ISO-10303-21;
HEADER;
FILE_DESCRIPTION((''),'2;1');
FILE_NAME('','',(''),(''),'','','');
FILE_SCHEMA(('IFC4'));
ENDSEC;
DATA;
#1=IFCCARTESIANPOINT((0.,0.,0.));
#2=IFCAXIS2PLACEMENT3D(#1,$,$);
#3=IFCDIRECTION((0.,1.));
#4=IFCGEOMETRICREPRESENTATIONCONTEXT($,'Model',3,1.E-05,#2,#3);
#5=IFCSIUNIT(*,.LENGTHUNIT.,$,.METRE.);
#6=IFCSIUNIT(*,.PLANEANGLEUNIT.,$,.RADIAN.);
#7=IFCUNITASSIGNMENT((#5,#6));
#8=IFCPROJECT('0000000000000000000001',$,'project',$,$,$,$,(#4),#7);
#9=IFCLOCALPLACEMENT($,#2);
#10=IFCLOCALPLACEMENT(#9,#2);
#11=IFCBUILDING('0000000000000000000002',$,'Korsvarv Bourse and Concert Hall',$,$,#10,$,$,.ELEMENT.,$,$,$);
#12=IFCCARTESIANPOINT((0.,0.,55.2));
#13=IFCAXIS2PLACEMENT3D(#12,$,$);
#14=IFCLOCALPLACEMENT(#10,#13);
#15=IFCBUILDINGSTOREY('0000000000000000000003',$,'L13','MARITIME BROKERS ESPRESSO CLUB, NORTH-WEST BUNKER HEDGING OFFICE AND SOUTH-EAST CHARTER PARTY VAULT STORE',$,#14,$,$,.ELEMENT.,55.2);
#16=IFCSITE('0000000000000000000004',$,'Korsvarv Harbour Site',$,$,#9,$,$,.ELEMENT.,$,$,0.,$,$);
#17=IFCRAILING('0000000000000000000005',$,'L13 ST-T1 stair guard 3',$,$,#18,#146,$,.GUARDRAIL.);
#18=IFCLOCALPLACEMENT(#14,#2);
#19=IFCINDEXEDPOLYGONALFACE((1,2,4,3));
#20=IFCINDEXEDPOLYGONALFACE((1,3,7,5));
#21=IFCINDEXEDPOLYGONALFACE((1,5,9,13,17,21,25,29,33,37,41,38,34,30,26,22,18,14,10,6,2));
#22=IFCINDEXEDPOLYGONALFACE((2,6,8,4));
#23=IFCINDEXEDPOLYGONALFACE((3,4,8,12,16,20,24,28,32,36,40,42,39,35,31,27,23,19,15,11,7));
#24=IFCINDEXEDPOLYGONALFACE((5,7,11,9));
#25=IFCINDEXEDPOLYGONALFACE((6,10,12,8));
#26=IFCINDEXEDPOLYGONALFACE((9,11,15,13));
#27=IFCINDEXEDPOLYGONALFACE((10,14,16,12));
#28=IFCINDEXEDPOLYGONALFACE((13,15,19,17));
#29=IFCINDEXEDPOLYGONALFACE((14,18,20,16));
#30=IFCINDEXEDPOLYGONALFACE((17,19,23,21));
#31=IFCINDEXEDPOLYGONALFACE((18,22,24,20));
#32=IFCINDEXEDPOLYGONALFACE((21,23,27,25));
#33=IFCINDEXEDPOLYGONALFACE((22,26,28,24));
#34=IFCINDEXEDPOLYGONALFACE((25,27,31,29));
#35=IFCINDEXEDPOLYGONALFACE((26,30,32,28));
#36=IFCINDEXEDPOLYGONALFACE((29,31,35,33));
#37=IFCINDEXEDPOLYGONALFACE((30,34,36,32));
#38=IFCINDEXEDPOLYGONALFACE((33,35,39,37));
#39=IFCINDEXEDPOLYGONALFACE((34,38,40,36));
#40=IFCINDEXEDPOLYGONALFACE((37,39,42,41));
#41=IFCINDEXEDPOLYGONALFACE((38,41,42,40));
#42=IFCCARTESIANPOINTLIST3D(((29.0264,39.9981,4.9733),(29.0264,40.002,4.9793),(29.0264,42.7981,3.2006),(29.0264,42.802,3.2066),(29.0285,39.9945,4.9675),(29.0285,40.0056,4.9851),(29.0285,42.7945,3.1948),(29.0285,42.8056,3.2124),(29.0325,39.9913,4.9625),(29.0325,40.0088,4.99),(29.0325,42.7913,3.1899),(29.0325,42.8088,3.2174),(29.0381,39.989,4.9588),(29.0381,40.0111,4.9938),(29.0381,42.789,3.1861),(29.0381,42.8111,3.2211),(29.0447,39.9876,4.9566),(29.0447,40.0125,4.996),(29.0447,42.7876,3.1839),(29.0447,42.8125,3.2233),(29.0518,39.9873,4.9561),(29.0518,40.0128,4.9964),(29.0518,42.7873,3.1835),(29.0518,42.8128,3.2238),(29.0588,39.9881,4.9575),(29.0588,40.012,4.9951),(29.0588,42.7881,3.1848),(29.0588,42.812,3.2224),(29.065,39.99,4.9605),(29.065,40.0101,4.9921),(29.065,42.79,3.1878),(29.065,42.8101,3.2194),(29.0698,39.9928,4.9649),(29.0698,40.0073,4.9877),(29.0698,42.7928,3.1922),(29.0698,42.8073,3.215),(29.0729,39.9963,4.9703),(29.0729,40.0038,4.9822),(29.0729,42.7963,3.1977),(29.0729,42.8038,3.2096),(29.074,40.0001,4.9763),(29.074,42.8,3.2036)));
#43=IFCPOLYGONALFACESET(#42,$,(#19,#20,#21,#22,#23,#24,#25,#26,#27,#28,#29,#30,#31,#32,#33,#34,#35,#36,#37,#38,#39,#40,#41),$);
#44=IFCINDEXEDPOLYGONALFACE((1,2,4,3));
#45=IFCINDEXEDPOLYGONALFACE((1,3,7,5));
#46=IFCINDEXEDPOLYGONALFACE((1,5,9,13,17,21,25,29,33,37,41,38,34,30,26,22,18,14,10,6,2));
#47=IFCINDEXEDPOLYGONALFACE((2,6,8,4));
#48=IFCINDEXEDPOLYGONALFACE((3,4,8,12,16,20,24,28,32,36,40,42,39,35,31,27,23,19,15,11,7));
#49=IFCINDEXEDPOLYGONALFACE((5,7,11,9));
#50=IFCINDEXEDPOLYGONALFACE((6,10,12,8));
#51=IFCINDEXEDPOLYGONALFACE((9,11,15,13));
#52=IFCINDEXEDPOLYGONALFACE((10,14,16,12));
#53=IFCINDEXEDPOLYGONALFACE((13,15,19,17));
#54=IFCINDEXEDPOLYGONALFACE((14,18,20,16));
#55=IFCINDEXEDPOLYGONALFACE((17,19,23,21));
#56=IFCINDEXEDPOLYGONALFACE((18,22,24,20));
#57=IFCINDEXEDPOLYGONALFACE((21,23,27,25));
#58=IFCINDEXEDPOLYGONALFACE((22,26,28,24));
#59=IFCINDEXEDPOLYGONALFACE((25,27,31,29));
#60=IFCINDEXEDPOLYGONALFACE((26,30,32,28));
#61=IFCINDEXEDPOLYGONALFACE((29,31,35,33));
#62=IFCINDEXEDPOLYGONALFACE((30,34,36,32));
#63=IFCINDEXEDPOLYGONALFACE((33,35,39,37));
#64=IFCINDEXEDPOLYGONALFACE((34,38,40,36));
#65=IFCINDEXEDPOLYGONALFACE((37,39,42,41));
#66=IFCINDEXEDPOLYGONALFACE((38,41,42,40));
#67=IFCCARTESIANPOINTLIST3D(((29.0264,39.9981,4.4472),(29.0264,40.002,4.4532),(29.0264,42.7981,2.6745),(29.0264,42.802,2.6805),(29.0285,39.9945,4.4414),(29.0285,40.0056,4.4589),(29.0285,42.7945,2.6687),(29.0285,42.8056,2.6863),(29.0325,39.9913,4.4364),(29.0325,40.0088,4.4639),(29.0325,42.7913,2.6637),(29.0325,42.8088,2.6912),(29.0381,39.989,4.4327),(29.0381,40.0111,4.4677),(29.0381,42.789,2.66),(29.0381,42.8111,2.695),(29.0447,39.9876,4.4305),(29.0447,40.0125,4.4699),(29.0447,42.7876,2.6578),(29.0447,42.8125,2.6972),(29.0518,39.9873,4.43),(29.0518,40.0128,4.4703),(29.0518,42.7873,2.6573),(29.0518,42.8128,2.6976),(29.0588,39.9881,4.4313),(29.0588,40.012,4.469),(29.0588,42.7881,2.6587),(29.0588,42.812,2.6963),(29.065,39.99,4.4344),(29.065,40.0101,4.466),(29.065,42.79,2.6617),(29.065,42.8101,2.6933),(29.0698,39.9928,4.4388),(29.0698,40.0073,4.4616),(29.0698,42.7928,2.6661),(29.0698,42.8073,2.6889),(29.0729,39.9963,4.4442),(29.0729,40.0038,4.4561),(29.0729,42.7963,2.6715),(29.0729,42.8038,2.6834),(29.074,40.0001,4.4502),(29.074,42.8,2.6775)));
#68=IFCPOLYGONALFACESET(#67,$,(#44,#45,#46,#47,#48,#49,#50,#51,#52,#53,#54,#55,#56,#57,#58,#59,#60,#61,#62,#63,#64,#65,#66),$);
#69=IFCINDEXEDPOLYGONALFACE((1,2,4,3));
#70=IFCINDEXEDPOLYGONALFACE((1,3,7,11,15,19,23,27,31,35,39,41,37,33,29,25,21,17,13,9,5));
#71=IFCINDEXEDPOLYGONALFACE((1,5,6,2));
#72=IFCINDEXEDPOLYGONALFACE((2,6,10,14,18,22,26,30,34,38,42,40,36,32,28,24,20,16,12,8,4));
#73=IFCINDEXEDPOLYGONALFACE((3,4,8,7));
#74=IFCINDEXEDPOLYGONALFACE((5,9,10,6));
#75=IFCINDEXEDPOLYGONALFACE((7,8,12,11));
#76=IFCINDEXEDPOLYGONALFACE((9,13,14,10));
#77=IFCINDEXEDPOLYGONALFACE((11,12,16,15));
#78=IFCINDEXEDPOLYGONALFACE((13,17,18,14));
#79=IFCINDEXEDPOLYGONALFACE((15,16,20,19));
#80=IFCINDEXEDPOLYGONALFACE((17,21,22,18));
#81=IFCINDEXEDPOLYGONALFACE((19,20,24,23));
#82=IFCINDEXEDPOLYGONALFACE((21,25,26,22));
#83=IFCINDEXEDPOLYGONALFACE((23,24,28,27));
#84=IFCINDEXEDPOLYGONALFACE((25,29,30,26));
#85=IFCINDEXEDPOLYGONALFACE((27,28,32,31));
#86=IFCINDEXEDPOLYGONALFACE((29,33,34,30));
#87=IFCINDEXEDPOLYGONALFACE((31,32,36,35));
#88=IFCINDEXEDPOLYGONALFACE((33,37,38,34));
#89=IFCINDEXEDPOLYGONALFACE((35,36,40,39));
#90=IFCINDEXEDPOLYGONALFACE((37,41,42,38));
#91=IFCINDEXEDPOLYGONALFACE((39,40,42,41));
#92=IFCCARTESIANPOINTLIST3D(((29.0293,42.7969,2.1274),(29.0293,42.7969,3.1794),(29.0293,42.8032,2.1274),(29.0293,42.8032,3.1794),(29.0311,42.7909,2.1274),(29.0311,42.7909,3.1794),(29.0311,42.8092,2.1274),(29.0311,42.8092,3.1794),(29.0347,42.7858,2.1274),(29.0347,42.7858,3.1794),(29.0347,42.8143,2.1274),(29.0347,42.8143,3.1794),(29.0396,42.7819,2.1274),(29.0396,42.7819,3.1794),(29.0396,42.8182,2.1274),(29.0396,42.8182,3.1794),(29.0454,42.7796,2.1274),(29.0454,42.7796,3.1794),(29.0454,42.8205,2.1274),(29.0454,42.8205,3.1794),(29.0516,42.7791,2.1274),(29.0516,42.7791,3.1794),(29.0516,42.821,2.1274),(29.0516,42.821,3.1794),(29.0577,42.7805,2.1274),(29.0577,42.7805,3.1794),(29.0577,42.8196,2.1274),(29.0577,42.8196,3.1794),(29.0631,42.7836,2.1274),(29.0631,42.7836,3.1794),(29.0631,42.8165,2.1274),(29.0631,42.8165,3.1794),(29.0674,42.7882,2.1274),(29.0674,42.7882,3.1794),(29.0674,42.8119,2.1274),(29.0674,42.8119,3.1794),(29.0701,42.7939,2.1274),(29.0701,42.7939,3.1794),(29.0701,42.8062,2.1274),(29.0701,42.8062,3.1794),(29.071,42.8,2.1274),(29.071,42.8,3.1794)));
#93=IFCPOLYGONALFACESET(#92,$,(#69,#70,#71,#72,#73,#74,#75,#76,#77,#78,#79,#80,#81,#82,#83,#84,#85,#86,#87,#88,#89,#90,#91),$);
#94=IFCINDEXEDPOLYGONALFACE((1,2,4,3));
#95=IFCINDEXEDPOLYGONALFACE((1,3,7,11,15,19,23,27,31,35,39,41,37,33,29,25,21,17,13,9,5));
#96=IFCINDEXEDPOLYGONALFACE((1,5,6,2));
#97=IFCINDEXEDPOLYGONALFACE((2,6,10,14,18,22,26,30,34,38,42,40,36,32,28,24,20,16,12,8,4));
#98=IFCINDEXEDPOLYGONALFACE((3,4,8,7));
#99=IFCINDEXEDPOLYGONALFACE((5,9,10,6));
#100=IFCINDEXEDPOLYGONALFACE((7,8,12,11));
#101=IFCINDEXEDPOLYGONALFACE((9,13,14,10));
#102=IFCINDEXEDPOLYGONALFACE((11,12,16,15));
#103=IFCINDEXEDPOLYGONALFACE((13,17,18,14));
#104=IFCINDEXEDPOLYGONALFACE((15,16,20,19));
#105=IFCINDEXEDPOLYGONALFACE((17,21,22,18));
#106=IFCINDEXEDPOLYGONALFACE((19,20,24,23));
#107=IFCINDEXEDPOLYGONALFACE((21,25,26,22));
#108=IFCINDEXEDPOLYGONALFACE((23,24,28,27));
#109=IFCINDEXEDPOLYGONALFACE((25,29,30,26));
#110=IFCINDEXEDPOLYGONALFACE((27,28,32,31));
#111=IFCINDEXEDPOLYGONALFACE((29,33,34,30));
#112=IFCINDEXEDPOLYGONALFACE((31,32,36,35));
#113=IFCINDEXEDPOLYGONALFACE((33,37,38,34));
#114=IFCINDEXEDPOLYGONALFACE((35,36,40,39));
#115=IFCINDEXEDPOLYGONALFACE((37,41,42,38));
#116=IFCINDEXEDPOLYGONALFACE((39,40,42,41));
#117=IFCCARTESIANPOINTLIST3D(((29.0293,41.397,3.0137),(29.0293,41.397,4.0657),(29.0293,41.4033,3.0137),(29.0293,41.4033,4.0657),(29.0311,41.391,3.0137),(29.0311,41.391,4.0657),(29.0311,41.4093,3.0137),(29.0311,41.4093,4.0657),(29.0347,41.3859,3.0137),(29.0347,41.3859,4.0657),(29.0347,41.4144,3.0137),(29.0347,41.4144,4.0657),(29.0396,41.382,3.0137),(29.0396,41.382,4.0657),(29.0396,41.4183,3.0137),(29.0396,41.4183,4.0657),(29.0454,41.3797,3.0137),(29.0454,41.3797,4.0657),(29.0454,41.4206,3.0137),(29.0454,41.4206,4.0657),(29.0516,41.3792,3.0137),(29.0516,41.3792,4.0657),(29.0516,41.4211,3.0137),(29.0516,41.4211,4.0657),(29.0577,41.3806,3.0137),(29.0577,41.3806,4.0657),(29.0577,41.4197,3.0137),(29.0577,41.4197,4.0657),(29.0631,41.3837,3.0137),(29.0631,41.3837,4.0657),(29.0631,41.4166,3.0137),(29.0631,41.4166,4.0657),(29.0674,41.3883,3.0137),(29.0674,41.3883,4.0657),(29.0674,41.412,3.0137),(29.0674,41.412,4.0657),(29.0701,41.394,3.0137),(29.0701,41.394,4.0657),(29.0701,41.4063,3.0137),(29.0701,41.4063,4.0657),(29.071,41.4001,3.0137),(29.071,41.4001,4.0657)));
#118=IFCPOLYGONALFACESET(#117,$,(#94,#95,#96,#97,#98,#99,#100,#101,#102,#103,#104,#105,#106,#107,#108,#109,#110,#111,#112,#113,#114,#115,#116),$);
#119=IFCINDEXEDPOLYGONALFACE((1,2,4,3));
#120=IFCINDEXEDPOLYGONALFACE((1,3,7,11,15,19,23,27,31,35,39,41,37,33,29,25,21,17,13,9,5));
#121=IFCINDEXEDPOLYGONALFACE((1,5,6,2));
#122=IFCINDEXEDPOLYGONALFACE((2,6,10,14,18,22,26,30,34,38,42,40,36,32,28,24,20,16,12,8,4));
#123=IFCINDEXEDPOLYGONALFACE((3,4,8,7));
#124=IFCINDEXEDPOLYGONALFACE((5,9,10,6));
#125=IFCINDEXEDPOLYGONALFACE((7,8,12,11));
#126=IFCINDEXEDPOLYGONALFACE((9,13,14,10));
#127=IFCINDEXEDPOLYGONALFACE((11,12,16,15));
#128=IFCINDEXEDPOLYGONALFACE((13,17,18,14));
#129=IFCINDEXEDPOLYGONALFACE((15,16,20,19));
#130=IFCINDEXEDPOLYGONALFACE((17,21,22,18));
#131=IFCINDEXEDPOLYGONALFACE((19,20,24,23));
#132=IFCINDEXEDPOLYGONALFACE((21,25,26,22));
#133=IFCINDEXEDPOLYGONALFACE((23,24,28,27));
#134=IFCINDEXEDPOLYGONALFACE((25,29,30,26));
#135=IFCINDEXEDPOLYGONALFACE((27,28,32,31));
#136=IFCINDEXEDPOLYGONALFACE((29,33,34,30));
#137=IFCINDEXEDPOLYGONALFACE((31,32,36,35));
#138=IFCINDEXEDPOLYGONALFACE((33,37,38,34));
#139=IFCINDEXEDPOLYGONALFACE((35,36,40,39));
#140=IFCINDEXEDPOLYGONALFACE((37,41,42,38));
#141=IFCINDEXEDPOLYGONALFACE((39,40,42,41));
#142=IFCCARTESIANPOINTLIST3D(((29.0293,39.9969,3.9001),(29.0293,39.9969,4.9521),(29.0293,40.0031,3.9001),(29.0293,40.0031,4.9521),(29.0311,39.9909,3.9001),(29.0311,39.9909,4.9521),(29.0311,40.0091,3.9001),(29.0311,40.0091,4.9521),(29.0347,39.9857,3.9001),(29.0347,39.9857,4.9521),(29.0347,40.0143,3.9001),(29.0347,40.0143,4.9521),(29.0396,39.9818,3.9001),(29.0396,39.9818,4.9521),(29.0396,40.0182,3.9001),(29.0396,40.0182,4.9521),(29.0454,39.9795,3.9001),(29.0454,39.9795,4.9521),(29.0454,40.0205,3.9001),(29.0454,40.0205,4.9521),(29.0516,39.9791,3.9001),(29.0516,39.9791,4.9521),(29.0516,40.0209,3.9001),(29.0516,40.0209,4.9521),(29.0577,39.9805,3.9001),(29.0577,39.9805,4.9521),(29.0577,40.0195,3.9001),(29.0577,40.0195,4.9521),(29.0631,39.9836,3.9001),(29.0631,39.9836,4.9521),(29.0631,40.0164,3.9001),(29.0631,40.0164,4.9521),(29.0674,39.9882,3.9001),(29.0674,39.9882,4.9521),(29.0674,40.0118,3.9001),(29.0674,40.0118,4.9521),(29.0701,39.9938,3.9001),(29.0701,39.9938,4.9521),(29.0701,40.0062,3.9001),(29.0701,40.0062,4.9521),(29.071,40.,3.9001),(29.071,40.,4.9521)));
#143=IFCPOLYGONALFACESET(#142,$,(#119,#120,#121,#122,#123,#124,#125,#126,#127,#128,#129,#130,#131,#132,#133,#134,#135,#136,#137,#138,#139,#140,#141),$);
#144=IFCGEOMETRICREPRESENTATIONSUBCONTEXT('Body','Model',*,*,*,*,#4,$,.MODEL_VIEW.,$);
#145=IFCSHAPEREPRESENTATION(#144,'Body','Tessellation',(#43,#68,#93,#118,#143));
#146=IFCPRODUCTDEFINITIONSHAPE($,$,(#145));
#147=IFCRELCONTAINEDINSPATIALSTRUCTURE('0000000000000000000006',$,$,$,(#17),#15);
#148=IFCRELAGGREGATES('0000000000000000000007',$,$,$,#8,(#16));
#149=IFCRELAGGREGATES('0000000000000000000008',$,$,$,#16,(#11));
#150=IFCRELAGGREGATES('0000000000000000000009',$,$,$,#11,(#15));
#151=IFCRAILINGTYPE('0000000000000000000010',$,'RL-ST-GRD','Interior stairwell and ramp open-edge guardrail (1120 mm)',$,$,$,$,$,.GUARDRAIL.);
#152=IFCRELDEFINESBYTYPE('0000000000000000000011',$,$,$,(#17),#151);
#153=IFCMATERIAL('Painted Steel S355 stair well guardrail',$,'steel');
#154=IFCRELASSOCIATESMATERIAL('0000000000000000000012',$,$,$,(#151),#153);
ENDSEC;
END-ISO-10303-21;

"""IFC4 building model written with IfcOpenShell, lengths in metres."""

from ifc_helpers import new_model, si_unit, direction, frame, origin, origin_2d, place, context, subcontext, project, spatial, circle, extrude, material, type_object, element, save


model = new_model("IFC4")

# Units and contexts
model_context = context("Model", 3, precision=1e-05, world=origin(), true_north=direction((0.0, 1.0)))
body_context = subcontext(model_context, "Body", "Model", "MODEL_VIEW")
ifc_project = project(units=[si_unit("LENGTHUNIT", "METRE"), si_unit("PLANEANGLEUNIT", "RADIAN")], contexts=[model_context])

# Site, building, storey
site_placement = place(None, origin())
site = spatial("IfcSite", under=ifc_project, at=site_placement, Name="Korsvarv Harbour Site", CompositionType="ELEMENT", RefElevation=0.0)
building_placement = place(site_placement, origin())
building = spatial("IfcBuilding", under=site, at=building_placement, Name="Korsvarv Bourse and Concert Hall", CompositionType="ELEMENT")
storey_placement = place(building_placement, frame((0.0, 0.0, 55.2)))
storey = spatial("IfcBuildingStorey", under=building, at=storey_placement, Name="L13", Description="MARITIME BROKERS ESPRESSO CLUB, NORTH-WEST BUNKER HEDGING OFFICE AND SOUTH-EAST CHARTER PARTY VAULT STORE", CompositionType="ELEMENT", Elevation=55.2)

# Railing
ifc_material_1 = material(Name="Painted Steel S355 stair well guardrail", Category="steel")
railing_type_1 = type_object("IfcRailingType", Name="RL-ST-GRD", Description="Interior stairwell and ramp open-edge guardrail (1120 mm)", PredefinedType="GUARDRAIL", material=ifc_material_1)
railing_1_placement = place(storey_placement, frame((29.05, 42.8, 2.1274)))
element("IfcRailing", 1, at=railing_1_placement, inside=storey, type_object=railing_type_1, Name="L13 ST-T1 stair guard 3", PredefinedType="GUARDRAIL", context=body_context, shape_type="SweptSolid", body=[
    extrude(circle(Radius=0.0239, at=origin_2d()), frame((0.0, 0.0, 1.0762), z_axis=(0.0, -0.844909, 0.53491), x_axis=(1.0, 0.0, 0.0)), (0.0, 0.0, 1.0), 3.314),
    extrude(circle(Radius=0.0239, at=origin_2d()), frame((0.0, 0.0, 0.55), z_axis=(0.0, -0.844909, 0.53491), x_axis=(1.0, 0.0, 0.0)), (0.0, 0.0, 1.0), 3.314),
    extrude(circle(Radius=0.021, at=origin_2d()), origin(), (0.0, 0.0, 1.0), 1.052),
    extrude(circle(Radius=0.021, at=origin_2d()), frame((0.0, -1.3999, 0.8862)), (0.0, 0.0, 1.0), 1.052),
    extrude(circle(Radius=0.021, at=origin_2d()), frame((0.0, -2.8, 1.7727)), (0.0, 0.0, 1.0), 1.052),
])

save(model, "model.ifc")
